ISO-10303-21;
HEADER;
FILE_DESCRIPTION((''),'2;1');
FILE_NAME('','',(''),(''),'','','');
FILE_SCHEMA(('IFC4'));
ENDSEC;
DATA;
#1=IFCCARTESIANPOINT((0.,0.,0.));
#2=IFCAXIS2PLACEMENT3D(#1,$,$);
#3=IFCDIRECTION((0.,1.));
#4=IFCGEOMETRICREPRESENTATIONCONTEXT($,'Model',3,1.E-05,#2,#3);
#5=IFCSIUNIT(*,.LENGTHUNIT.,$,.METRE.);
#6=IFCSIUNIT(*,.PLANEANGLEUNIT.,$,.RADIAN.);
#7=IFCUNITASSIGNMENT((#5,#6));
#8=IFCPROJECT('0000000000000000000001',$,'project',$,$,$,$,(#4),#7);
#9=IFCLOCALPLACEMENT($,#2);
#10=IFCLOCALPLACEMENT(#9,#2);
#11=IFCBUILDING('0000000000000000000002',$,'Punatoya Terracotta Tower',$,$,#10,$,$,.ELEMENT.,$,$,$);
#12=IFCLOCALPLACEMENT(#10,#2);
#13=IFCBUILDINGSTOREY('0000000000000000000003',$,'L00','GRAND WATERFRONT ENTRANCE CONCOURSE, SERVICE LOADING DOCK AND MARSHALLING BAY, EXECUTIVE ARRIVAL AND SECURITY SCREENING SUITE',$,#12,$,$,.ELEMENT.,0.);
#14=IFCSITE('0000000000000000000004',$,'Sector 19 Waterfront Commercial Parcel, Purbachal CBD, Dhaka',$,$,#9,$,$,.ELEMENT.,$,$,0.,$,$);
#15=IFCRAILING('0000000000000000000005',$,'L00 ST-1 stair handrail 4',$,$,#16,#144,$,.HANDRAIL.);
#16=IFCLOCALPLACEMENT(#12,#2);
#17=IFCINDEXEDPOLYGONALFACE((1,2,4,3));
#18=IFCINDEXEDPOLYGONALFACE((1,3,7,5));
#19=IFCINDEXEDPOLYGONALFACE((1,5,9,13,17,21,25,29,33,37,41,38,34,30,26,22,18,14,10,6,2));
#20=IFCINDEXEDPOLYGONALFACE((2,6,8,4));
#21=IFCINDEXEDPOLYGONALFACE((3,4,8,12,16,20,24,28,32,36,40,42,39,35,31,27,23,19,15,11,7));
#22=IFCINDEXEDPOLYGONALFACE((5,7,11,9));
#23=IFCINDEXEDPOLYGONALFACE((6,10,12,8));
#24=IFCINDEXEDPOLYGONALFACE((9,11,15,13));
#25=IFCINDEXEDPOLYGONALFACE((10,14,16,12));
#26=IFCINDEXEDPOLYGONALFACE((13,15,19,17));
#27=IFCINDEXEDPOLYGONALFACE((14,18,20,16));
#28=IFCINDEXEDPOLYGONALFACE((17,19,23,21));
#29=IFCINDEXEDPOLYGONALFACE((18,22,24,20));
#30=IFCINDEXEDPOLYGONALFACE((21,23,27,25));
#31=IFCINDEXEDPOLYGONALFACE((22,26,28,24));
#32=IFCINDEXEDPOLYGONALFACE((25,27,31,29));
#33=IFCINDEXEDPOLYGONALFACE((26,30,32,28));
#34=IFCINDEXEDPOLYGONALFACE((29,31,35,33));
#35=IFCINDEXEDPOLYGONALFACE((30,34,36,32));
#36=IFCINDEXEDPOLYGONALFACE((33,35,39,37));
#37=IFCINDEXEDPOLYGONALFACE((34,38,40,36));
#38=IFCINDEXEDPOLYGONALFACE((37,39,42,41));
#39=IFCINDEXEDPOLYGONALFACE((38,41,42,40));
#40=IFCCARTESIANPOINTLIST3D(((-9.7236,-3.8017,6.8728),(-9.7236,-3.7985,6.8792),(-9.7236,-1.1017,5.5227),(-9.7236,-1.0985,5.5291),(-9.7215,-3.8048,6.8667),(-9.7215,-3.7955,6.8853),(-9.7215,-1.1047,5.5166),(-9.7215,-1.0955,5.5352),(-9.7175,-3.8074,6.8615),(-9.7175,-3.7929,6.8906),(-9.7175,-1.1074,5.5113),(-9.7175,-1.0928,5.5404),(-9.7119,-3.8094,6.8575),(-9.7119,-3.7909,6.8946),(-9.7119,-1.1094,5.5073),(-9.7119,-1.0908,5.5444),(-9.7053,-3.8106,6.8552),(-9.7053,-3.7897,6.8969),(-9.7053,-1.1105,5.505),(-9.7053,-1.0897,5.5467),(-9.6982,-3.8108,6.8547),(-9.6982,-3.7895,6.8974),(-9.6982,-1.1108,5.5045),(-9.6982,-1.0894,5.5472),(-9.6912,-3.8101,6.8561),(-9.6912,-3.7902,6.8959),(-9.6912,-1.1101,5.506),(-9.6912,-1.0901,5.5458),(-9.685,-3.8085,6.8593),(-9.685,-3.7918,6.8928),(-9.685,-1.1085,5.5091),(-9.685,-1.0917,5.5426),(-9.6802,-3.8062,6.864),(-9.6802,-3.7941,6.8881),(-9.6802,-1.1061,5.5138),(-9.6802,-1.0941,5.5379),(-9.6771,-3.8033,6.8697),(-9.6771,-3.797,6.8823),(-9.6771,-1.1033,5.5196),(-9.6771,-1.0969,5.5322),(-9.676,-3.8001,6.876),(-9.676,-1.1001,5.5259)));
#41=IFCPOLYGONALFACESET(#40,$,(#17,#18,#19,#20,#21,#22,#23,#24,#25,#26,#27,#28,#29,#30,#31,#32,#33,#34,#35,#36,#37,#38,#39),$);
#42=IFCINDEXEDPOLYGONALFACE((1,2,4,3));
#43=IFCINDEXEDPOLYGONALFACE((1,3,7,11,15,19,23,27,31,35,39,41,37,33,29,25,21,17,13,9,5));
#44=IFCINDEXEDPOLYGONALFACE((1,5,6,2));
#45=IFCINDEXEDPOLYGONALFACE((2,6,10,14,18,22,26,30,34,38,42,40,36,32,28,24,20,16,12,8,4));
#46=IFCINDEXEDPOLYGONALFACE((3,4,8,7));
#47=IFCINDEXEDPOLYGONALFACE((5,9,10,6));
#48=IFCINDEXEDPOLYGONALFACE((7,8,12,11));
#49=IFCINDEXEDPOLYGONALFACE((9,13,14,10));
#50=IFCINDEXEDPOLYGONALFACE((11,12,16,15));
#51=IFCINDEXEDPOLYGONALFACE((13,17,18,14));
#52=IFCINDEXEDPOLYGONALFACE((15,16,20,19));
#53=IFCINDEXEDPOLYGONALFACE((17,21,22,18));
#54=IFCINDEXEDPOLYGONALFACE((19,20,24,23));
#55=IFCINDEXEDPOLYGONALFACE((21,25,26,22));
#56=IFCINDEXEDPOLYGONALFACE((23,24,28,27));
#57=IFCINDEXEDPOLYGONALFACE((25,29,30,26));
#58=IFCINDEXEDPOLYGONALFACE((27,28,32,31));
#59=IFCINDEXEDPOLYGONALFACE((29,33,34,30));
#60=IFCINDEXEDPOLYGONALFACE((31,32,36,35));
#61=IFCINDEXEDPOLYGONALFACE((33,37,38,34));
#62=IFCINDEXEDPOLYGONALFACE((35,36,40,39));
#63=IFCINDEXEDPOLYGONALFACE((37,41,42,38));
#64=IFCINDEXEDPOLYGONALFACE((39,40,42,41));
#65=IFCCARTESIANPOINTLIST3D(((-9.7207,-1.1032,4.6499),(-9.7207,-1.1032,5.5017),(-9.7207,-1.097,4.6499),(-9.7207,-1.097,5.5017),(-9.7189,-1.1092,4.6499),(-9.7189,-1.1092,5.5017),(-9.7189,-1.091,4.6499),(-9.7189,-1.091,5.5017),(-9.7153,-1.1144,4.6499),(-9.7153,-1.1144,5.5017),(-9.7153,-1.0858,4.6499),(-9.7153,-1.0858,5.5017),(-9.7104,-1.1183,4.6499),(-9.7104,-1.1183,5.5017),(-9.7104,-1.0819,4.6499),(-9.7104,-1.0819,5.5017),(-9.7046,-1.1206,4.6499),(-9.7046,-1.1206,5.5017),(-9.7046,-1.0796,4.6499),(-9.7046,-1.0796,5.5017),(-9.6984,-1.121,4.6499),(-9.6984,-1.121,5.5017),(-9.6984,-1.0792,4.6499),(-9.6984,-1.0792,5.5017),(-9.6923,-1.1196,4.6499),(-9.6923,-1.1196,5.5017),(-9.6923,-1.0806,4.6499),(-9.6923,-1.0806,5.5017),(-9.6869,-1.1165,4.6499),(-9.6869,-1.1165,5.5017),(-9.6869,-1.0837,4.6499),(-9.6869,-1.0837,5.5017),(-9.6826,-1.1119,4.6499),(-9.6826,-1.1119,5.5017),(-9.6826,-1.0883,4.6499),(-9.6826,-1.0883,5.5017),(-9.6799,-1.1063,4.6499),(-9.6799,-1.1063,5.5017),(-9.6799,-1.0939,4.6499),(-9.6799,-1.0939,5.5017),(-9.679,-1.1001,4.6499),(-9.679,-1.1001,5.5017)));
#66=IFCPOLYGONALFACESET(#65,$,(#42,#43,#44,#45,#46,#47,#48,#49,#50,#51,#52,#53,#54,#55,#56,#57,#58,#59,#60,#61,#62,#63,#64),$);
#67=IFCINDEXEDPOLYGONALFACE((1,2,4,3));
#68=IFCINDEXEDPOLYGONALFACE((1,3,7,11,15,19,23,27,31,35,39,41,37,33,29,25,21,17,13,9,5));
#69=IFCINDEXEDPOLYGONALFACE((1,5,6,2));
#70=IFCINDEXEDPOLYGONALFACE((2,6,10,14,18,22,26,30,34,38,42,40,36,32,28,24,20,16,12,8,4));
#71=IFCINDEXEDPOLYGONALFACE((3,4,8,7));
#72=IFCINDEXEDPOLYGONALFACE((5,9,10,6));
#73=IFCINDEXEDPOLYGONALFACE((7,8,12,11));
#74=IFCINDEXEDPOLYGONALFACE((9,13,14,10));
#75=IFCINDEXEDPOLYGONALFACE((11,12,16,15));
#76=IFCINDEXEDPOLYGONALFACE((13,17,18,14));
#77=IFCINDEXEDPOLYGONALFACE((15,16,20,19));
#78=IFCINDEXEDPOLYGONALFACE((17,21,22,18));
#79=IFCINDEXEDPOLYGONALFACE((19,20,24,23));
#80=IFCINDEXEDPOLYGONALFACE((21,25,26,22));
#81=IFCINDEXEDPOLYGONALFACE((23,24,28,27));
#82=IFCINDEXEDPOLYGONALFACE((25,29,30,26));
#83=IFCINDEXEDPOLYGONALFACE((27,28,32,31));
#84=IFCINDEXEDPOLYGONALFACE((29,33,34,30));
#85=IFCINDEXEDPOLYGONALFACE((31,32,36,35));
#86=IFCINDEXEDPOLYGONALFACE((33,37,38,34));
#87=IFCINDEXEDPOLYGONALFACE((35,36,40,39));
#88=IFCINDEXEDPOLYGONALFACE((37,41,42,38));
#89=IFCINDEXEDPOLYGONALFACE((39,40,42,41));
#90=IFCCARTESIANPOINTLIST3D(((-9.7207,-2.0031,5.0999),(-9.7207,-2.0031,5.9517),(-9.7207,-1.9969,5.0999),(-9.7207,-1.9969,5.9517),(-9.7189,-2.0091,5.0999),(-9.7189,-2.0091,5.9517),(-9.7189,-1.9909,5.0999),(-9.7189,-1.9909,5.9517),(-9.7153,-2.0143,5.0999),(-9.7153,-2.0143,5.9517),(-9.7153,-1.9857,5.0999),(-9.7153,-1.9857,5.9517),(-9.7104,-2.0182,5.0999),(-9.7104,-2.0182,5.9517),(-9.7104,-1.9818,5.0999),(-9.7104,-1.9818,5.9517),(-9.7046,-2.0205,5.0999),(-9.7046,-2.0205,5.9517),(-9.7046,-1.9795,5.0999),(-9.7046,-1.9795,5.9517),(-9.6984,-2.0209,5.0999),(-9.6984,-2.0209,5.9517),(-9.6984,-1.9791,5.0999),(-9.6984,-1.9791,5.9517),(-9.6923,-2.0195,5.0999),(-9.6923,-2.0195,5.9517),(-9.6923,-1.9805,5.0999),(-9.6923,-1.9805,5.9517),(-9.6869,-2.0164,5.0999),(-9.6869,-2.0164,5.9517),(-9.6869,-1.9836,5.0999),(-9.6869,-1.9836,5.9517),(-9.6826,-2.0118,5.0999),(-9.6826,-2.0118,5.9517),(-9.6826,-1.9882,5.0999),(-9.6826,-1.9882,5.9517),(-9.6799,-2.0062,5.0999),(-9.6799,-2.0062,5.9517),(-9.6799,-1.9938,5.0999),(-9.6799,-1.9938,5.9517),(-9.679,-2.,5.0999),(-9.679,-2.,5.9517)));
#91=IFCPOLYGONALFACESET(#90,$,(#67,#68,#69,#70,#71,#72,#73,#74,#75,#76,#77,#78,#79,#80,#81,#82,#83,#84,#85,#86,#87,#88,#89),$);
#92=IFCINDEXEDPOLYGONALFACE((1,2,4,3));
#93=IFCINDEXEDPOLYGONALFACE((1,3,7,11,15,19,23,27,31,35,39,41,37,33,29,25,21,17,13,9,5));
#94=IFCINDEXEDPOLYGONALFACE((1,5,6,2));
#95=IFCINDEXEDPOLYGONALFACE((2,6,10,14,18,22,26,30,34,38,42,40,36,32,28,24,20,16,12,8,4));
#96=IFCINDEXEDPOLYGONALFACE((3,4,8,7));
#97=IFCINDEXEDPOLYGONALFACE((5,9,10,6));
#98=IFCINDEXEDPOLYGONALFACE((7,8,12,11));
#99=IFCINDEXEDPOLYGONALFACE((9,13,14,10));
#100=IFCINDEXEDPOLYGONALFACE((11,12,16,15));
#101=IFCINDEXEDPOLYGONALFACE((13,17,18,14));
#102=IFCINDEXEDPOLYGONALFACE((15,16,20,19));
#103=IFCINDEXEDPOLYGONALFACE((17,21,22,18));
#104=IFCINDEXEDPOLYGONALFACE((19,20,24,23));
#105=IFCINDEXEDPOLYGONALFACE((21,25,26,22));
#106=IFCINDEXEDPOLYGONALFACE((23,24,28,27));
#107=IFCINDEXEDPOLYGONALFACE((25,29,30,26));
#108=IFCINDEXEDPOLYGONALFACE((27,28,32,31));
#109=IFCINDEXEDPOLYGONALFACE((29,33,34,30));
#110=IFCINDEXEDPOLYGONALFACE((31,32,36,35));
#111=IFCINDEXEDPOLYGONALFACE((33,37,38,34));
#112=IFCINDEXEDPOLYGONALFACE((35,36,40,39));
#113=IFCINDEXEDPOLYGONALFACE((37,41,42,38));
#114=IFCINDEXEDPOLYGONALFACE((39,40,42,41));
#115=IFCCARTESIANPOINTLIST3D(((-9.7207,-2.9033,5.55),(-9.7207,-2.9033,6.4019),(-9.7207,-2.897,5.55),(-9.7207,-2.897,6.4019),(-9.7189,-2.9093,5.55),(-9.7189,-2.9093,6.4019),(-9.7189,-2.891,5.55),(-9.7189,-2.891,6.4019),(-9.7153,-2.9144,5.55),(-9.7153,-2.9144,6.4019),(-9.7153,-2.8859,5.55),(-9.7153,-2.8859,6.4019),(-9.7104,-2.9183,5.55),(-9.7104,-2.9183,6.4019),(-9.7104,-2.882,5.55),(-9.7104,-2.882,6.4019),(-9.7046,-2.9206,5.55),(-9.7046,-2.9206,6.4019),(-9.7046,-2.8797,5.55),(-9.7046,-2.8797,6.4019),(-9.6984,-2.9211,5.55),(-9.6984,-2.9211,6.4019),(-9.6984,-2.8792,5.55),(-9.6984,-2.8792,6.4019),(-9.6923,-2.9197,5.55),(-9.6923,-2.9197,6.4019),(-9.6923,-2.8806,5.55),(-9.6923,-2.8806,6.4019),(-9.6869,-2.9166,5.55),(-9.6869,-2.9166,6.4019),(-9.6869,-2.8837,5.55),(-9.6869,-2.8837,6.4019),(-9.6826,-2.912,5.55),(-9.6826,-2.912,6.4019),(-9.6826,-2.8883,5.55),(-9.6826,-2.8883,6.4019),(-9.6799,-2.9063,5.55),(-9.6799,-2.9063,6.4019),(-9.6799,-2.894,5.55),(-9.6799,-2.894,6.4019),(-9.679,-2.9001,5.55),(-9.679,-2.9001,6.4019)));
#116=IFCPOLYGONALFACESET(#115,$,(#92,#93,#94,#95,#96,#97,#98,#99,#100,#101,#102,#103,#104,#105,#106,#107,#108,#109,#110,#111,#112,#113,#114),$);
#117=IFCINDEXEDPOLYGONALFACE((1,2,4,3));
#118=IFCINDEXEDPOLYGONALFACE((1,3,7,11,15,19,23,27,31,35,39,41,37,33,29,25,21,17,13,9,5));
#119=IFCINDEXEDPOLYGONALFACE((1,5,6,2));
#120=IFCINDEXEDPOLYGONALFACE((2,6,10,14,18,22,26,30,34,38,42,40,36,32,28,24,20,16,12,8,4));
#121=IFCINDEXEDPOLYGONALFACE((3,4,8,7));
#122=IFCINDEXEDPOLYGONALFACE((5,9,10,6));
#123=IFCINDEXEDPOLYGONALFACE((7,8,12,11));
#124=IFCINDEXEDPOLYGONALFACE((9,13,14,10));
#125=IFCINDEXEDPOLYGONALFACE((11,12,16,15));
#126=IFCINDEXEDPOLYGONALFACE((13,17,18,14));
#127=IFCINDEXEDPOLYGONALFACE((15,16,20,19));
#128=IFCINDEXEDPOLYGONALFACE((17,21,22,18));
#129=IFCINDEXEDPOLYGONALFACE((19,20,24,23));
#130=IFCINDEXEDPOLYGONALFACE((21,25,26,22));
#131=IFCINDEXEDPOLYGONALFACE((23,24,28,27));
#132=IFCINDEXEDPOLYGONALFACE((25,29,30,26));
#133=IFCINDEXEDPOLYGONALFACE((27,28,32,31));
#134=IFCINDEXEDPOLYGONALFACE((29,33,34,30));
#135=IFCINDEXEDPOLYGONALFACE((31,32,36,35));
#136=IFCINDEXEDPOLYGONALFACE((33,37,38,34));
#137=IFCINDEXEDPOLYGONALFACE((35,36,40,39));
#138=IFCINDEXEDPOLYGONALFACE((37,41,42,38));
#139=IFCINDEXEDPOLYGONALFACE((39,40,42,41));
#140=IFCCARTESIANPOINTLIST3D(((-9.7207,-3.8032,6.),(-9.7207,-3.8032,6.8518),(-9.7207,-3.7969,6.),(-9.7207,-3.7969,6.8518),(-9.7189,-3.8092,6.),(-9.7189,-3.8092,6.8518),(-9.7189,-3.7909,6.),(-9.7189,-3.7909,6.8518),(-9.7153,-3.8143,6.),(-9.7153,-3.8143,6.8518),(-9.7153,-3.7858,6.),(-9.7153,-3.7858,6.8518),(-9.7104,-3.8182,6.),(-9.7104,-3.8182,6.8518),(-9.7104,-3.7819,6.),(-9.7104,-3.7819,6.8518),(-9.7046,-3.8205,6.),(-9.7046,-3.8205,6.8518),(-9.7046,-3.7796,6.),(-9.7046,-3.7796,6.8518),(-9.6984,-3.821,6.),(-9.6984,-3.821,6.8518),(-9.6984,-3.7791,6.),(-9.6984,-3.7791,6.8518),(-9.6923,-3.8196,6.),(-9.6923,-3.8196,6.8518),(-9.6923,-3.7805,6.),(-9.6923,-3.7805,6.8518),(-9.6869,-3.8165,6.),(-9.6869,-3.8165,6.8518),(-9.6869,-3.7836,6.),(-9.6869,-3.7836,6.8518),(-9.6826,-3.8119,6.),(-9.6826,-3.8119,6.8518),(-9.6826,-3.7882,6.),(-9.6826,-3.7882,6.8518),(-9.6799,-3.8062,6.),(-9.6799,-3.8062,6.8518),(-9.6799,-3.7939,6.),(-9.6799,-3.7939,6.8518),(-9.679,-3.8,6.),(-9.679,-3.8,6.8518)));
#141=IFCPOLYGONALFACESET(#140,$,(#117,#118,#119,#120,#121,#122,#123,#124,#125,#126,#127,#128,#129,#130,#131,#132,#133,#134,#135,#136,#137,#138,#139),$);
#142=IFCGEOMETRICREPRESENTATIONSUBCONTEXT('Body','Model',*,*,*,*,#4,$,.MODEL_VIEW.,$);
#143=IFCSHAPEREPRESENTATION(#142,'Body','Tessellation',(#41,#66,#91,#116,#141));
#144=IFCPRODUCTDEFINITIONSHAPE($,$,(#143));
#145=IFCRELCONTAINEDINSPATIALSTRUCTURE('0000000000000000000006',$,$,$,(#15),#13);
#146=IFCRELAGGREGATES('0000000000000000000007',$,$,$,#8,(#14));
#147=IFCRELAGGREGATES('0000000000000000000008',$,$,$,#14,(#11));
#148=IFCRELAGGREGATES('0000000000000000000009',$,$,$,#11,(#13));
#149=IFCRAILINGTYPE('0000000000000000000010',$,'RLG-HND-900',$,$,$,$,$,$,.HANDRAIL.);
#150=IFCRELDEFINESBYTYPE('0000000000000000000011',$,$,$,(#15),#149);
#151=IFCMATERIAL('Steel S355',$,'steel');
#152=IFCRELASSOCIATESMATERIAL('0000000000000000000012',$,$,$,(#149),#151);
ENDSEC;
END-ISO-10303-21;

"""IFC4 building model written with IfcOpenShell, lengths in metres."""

from ifc_helpers import new_model, si_unit, direction, frame, origin, origin_2d, place, context, subcontext, project, spatial, circle, extrude, material, type_object, element, save


model = new_model("IFC4")

# Units and contexts
model_context = context("Model", 3, precision=1e-05, world=origin(), true_north=direction((0.0, 1.0)))
body_context = subcontext(model_context, "Body", "Model", "MODEL_VIEW")
ifc_project = project(units=[si_unit("LENGTHUNIT", "METRE"), si_unit("PLANEANGLEUNIT", "RADIAN")], contexts=[model_context])

# Site, building, storey
site_placement = place(None, origin())
site = spatial("IfcSite", under=ifc_project, at=site_placement, Name="Sector 19 Waterfront Commercial Parcel, Purbachal CBD, Dhaka", CompositionType="ELEMENT", RefElevation=0.0)
building_placement = place(site_placement, origin())
building = spatial("IfcBuilding", under=site, at=building_placement, Name="Punatoya Terracotta Tower", CompositionType="ELEMENT")
storey_placement = place(building_placement, origin())
storey = spatial("IfcBuildingStorey", under=building, at=storey_placement, Name="L00", Description="GRAND WATERFRONT ENTRANCE CONCOURSE, SERVICE LOADING DOCK AND MARSHALLING BAY, EXECUTIVE ARRIVAL AND SECURITY SCREENING SUITE", CompositionType="ELEMENT", Elevation=0.0)

# Shared definitions
ifc_material_1 = material(Name="Steel S355", Category="steel")

# Railing
railing_type_1 = type_object("IfcRailingType", Name="RLG-HND-900", PredefinedType="HANDRAIL", material=ifc_material_1)
for number, where, name in (
    (1, (-9.7, -1.1001, 4.6499), "L00 ST-1 stair handrail 4"),
):
    element("IfcRailing", number, at=place(storey_placement, frame(where)), inside=storey, type_object=railing_type_1, Name=name, PredefinedType="HANDRAIL", context=body_context, shape_type="SweptSolid", body=[
        extrude(circle(Radius=0.0239, at=origin_2d()), frame((0.0, 0.0, 0.876), z_axis=(0.0, -0.894411, 0.447246), x_axis=(1.0, 0.0, 0.0)), (0.0, 0.0, 1.0), 3.0188),
        extrude(circle(Radius=0.021, at=origin_2d()), origin(), (0.0, 0.0, 1.0), 0.8518),
        extrude(circle(Radius=0.021, at=origin_2d()), frame((0.0, -0.8999, 0.45)), (0.0, 0.0, 1.0), 0.8518),
        extrude(circle(Radius=0.021, at=origin_2d()), frame((0.0, -1.8, 0.9001)), (0.0, 0.0, 1.0), 0.8518),
        extrude(circle(Radius=0.021, at=origin_2d()), frame((0.0, -2.7, 1.3501)), (0.0, 0.0, 1.0), 0.8518),
    ])

save(model, "model.ifc")
